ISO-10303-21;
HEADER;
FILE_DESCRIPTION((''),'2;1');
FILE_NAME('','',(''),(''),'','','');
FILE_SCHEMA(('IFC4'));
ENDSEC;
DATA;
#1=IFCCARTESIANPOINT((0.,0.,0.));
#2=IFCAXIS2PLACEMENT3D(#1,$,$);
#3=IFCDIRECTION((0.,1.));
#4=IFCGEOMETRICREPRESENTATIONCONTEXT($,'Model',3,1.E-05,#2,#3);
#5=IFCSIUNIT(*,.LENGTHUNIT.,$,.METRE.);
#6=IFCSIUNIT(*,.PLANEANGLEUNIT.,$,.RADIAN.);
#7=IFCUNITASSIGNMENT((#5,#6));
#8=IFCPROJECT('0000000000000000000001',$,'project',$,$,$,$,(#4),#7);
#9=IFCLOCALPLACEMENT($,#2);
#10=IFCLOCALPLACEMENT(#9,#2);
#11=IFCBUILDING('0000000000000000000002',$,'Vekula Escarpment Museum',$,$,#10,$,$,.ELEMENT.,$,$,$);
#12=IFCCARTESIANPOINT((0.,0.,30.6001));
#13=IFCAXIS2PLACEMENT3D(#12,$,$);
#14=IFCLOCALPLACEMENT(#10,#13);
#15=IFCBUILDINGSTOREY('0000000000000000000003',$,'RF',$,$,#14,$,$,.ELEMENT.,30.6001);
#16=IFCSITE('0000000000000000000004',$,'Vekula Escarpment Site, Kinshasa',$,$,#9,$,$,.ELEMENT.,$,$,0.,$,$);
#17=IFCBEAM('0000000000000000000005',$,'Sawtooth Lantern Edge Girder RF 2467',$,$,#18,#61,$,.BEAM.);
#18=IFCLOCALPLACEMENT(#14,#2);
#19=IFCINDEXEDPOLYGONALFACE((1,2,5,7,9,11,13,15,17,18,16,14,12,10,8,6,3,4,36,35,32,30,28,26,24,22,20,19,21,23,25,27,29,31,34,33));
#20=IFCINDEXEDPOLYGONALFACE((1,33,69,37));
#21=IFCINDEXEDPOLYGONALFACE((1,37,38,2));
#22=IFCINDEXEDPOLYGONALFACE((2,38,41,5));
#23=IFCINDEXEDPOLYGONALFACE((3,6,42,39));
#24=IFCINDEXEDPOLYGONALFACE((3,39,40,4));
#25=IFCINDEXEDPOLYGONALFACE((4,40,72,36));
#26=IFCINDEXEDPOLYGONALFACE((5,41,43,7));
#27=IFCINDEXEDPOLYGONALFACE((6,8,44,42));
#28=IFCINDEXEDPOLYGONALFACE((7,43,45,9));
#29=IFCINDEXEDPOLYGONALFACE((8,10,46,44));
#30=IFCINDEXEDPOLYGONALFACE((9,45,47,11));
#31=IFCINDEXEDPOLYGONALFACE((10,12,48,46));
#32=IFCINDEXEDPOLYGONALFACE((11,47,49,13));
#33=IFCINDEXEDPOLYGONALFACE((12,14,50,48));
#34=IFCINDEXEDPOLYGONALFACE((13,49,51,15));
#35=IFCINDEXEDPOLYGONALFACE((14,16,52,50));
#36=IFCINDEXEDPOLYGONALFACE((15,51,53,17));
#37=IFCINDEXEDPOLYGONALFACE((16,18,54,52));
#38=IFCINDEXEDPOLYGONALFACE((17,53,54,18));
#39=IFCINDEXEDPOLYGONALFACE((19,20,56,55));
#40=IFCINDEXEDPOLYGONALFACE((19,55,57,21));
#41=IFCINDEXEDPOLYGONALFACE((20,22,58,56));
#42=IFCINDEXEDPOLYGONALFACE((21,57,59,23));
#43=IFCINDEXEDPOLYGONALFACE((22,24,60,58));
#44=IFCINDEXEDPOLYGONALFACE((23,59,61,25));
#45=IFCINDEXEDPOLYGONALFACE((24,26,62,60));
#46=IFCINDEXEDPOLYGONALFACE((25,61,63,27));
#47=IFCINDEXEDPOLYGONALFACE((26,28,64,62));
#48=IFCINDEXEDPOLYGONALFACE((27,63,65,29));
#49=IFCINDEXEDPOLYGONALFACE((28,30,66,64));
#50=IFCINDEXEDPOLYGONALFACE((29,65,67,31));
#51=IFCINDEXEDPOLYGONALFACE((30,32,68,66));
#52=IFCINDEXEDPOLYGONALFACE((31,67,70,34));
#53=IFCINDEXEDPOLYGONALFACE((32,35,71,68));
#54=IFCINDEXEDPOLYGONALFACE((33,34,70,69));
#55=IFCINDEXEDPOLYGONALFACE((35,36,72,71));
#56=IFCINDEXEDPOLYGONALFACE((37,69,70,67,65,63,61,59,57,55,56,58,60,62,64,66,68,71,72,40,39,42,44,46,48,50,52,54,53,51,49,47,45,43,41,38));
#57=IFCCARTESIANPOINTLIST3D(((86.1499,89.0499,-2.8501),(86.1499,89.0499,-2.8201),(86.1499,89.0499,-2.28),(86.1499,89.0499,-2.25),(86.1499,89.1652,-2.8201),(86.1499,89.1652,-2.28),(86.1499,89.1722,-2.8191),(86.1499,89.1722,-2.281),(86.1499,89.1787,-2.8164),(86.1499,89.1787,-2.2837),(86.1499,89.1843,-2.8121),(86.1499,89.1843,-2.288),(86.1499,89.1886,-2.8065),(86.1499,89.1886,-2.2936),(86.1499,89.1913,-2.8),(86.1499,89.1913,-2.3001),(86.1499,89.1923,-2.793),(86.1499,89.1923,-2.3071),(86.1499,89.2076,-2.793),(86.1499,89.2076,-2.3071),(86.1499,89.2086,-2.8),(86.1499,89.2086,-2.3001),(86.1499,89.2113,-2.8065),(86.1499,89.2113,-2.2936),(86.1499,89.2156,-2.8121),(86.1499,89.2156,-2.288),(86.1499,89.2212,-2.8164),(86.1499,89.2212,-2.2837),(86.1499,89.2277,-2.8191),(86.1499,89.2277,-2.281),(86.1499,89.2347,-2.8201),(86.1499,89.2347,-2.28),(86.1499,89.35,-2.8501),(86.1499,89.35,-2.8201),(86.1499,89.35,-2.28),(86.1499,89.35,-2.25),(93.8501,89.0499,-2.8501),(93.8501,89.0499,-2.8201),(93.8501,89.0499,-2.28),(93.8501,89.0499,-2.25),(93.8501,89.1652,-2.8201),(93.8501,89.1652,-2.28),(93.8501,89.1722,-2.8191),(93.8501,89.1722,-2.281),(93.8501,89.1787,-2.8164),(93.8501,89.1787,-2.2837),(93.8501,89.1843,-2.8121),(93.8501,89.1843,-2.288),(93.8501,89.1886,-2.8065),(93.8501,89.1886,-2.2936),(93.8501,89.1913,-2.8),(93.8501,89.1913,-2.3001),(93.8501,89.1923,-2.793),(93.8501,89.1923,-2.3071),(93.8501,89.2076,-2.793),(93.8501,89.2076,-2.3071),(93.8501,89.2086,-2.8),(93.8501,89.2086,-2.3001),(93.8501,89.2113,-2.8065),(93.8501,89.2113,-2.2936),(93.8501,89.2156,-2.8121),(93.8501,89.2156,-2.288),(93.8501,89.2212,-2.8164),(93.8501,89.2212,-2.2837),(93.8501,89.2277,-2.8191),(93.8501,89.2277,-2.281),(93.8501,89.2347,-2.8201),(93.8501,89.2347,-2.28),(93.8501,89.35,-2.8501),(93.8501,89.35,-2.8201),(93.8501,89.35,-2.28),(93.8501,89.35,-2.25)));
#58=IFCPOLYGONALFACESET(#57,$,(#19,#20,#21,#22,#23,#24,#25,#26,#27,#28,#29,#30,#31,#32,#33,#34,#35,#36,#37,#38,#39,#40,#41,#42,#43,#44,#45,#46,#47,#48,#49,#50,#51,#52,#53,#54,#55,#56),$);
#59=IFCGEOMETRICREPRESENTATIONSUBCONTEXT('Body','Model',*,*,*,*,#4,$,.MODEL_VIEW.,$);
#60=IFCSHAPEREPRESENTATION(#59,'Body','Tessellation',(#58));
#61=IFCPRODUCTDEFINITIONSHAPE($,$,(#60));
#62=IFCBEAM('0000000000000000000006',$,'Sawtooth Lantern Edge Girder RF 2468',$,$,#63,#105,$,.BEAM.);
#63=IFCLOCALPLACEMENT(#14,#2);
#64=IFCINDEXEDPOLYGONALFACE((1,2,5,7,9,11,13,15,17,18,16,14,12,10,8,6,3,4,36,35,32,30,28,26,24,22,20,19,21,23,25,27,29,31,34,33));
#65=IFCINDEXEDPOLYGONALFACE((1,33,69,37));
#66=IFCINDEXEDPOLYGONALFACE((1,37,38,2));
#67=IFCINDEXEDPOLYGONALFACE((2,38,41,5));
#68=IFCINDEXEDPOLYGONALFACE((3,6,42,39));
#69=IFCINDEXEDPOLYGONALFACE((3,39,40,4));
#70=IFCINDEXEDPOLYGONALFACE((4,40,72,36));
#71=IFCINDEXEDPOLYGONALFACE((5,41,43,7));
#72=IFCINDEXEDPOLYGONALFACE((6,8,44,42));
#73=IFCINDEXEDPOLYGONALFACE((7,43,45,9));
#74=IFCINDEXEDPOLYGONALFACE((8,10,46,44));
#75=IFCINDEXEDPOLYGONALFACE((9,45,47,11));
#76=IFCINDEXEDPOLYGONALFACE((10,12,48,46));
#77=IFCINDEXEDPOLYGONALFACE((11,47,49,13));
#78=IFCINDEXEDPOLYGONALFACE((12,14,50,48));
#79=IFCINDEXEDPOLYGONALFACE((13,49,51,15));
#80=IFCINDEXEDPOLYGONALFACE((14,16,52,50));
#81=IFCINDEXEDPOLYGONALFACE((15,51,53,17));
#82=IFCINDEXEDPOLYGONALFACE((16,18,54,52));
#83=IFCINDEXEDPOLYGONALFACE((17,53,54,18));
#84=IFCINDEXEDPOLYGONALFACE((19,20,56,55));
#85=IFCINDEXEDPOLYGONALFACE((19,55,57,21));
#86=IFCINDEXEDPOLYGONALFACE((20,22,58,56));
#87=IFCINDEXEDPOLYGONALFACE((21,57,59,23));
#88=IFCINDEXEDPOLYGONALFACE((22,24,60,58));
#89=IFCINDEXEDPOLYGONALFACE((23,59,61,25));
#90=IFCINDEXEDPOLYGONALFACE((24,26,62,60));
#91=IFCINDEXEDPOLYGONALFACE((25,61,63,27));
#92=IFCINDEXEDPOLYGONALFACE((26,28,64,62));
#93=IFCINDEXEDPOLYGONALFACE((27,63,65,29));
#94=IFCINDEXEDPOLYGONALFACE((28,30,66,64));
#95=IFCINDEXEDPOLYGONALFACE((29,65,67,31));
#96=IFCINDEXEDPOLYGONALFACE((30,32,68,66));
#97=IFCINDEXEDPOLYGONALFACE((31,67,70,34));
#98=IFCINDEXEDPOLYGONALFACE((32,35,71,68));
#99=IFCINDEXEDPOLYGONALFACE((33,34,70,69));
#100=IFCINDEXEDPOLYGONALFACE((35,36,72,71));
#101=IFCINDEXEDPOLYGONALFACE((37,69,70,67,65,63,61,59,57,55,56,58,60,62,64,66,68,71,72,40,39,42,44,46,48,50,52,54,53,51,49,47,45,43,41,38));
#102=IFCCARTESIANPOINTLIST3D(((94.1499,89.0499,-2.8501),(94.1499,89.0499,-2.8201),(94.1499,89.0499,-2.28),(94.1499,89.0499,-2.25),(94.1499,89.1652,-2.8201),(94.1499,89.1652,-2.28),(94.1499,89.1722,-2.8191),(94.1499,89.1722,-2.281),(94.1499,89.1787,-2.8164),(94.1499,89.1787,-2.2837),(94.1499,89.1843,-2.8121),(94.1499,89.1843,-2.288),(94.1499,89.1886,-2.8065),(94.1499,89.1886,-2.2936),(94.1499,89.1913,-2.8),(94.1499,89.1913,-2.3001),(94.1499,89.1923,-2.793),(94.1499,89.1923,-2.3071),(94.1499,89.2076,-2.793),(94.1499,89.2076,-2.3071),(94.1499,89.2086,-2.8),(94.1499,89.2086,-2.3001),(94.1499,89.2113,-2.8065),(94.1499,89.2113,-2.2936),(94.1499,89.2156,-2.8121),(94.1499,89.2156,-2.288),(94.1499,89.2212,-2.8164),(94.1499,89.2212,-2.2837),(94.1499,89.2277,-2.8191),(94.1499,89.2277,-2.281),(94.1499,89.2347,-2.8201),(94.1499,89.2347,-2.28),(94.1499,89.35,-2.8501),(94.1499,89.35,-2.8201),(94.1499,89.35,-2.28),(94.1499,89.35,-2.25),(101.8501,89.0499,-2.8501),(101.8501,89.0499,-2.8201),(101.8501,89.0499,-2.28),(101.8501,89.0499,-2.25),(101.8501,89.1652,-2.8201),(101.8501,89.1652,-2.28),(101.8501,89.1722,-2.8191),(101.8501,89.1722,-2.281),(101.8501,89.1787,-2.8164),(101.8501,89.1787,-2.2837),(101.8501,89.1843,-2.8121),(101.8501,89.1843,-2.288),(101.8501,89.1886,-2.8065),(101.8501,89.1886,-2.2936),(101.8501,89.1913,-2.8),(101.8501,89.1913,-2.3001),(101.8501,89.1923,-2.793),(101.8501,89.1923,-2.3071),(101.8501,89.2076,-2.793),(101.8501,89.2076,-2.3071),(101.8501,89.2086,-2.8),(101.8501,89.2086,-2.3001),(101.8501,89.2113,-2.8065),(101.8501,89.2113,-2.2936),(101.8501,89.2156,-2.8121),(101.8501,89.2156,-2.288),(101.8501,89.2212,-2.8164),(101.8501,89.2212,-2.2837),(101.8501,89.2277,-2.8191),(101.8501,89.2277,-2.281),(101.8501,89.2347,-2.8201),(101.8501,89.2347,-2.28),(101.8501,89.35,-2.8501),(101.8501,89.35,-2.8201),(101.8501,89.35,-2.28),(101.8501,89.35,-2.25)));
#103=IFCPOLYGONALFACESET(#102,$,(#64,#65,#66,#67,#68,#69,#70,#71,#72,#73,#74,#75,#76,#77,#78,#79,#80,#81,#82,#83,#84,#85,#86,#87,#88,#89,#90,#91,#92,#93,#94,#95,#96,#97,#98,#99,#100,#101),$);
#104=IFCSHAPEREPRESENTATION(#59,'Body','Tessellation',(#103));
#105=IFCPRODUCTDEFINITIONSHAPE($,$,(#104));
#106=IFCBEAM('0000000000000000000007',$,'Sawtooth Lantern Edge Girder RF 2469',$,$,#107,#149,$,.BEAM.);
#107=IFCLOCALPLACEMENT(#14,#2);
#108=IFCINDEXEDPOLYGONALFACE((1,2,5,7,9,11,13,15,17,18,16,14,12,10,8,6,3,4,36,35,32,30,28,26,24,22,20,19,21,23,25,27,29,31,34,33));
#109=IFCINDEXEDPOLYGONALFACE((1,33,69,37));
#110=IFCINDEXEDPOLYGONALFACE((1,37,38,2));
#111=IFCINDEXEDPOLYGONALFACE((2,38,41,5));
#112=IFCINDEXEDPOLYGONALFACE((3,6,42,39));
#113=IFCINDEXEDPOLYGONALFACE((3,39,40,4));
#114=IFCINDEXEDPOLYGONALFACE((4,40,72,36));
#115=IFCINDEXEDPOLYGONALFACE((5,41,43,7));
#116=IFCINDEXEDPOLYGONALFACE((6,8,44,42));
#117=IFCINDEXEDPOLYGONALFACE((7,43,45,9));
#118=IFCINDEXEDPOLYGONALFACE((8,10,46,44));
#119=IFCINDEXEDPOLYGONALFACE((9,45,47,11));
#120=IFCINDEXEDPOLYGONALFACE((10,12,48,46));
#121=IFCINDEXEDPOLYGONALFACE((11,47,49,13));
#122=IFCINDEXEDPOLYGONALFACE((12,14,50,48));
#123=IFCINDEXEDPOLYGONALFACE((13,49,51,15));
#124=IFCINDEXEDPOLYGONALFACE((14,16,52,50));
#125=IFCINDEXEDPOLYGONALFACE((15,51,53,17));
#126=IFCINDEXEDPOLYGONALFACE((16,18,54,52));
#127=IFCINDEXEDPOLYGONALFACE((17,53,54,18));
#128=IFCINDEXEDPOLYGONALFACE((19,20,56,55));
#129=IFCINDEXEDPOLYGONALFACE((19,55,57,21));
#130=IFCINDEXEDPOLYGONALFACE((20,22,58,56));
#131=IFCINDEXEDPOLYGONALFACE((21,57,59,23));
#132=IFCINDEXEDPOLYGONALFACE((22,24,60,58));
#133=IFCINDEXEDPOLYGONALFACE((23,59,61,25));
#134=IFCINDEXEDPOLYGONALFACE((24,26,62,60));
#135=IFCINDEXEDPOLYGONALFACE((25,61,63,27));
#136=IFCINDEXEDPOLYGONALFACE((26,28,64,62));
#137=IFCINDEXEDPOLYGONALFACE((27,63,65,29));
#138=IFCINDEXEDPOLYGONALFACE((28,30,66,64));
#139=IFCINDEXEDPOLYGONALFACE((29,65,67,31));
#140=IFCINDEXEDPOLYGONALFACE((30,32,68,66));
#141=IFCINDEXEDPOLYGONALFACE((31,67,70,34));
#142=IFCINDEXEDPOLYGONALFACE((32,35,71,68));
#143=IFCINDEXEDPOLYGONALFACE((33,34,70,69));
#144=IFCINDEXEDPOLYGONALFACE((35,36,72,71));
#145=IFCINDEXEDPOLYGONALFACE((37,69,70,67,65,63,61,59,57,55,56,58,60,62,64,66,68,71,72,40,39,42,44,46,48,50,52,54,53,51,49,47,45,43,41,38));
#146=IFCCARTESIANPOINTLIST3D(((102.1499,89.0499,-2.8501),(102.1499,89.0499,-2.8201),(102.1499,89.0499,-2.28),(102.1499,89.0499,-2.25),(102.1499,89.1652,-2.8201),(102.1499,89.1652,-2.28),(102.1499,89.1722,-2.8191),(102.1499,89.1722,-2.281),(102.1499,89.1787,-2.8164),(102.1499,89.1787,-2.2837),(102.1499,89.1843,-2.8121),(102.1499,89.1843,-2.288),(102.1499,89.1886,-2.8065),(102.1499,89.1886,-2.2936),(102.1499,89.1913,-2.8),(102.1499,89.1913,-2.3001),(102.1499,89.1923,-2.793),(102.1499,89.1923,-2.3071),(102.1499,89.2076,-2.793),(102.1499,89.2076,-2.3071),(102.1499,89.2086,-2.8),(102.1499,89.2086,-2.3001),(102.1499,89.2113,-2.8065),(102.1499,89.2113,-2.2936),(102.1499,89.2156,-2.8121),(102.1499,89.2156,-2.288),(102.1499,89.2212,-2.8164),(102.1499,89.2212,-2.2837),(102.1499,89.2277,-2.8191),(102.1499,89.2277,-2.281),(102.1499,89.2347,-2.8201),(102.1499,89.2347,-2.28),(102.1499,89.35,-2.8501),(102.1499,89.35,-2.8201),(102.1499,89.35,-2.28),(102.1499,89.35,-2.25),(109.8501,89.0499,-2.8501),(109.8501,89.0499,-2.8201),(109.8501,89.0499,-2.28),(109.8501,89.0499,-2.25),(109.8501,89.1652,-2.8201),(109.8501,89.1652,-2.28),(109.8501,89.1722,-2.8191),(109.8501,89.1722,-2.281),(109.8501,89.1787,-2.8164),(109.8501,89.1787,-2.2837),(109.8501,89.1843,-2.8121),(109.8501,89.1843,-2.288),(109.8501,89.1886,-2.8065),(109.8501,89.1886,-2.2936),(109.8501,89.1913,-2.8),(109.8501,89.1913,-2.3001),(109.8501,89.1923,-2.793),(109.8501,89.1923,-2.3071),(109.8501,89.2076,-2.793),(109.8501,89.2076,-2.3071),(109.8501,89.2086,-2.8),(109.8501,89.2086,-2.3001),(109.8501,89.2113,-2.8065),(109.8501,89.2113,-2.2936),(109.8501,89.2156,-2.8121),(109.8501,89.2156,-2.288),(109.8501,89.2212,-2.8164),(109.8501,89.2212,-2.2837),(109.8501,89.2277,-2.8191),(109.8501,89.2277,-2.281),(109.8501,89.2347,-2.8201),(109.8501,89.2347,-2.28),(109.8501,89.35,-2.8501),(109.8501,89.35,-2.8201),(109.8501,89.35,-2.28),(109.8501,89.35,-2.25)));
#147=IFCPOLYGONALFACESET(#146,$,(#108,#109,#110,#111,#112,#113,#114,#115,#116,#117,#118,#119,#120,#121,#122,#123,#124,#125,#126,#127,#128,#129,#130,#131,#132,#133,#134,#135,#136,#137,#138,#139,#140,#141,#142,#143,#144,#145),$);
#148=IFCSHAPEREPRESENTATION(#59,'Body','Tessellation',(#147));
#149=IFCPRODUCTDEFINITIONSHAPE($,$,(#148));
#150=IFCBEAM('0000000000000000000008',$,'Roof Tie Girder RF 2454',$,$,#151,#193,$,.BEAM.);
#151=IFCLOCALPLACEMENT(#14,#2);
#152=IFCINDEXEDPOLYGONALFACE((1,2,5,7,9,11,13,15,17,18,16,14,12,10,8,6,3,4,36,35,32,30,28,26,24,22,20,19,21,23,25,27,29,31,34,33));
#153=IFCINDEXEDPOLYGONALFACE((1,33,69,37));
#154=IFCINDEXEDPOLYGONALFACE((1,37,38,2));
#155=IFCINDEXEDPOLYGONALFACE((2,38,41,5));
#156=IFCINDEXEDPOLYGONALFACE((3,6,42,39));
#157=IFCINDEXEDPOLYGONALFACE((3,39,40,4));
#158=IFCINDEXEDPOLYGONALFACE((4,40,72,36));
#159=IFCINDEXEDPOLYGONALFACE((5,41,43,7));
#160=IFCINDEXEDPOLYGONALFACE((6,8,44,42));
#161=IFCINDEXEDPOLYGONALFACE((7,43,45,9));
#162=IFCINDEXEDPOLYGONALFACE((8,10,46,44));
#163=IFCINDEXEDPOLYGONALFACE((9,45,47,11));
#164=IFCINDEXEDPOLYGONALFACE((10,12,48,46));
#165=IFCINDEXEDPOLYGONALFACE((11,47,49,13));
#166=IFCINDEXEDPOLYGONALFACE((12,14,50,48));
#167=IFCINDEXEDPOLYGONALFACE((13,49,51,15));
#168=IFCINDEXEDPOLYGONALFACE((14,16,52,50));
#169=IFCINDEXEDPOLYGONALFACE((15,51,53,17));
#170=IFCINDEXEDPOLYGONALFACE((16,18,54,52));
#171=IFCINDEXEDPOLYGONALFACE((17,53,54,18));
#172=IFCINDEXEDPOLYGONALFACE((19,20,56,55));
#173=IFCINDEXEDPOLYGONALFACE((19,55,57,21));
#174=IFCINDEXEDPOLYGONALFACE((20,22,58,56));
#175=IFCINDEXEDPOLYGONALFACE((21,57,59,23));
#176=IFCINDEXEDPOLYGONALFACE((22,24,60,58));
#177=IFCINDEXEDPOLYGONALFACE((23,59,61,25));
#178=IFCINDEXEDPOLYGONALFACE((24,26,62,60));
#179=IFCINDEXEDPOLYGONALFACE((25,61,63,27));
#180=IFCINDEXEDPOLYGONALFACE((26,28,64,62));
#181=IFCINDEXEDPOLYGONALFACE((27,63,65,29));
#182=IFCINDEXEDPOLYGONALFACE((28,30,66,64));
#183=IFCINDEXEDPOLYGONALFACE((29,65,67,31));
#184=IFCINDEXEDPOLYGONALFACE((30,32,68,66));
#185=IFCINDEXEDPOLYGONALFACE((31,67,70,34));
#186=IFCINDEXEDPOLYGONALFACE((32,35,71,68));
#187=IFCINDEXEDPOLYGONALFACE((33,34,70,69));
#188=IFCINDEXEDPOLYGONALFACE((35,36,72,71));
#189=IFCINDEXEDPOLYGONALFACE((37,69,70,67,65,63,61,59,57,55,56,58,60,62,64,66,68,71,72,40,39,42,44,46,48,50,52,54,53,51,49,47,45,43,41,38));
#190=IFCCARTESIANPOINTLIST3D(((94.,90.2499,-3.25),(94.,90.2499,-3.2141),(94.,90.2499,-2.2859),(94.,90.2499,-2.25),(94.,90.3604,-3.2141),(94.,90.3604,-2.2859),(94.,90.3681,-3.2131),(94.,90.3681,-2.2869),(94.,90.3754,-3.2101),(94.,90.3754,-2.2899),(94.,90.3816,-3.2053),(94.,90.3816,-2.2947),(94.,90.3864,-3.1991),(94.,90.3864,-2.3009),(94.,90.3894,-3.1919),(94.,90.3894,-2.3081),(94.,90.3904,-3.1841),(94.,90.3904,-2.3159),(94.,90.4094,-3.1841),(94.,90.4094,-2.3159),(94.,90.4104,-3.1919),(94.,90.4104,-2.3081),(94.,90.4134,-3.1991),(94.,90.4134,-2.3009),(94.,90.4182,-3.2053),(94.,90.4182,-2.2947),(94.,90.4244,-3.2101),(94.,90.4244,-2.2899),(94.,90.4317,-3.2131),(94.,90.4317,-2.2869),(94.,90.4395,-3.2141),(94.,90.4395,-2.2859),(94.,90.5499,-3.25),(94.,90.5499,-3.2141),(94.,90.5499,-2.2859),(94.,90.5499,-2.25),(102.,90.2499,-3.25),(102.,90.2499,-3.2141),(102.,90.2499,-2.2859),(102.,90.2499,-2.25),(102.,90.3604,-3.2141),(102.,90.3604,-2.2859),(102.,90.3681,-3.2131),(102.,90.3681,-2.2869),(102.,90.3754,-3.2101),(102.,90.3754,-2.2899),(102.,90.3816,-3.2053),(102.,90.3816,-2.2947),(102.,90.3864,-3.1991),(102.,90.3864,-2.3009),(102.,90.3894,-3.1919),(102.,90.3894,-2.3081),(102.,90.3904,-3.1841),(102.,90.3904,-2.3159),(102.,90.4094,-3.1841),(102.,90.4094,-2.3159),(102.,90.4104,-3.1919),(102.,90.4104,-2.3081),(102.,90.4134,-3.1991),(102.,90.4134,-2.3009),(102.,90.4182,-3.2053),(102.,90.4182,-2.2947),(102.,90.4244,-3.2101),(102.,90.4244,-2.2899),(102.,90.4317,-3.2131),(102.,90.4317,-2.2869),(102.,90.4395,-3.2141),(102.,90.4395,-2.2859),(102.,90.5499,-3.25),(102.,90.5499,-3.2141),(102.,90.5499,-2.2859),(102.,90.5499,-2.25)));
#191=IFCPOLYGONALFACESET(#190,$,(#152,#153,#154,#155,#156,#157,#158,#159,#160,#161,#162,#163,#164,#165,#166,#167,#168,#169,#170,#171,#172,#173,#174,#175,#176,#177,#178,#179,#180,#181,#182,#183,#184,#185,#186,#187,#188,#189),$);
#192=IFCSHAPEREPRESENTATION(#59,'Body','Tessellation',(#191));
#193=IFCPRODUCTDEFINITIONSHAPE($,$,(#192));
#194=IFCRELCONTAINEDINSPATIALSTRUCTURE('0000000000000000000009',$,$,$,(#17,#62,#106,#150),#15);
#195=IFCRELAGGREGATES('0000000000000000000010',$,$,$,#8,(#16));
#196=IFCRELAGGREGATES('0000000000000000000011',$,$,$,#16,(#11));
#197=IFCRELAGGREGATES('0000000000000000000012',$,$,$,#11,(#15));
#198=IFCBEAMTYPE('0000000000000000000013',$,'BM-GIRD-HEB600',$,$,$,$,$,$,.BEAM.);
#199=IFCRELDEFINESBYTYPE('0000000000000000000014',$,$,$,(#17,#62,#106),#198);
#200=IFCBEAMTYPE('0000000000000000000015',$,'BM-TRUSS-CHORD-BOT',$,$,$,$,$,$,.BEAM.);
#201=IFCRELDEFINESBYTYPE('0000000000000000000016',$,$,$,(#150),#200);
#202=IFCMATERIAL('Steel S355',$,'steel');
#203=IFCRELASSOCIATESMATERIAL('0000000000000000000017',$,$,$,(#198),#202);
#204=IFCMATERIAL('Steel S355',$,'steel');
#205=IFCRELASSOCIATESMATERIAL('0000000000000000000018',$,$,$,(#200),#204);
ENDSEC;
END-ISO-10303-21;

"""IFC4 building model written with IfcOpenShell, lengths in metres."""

from ifc_helpers import new_model, si_unit, direction, frame, origin, origin_2d, place, context, subcontext, project, spatial, i_section, extrude, material, material_profile, profile_set, type_object, element, save


model = new_model("IFC4")

# Units and contexts
model_context = context("Model", 3, precision=1e-05, world=origin(), true_north=direction((0.0, 1.0)))
body_context = subcontext(model_context, "Body", "Model", "MODEL_VIEW")
ifc_project = project(units=[si_unit("LENGTHUNIT", "METRE"), si_unit("PLANEANGLEUNIT", "RADIAN")], contexts=[model_context])

# Site, building, storey
site_placement = place(None, origin())
site = spatial("IfcSite", under=ifc_project, at=site_placement, Name="Vekula Escarpment Site, Kinshasa", CompositionType="ELEMENT", RefElevation=0.0)
building_placement = place(site_placement, origin())
building = spatial("IfcBuilding", under=site, at=building_placement, Name="Vekula Escarpment Museum", CompositionType="ELEMENT")
storey_placement = place(building_placement, frame((0.0, 0.0, 30.6001)))
storey = spatial("IfcBuildingStorey", under=building, at=storey_placement, Name="RF", CompositionType="ELEMENT", Elevation=30.6001)

# Beams
ifc_material_1 = material(Name="Steel S355", Category="steel")
ifc_material_profile_1 = material_profile(ifc_material_1, i_section(OverallWidth=0.3, OverallDepth=0.6001, WebThickness=0.0154, FlangeThickness=0.03, FilletRadius=0.0271, at=origin_2d()), Name="HEB 600")
ifc_profile_set_1 = profile_set([ifc_material_profile_1], Name="Steel S355")
beam_type_1 = type_object("IfcBeamType", Name="BM-GIRD-HEB600", PredefinedType="BEAM", material=ifc_profile_set_1)
for number, where, z_axis, x_axis, name in (
    (1, (86.1499, 89.2, -2.55), (1.0, 0.0, 0.0), (0.0, 1.0, 0.0), "Sawtooth Lantern Edge Girder RF 2467"),
    (2, (94.1499, 89.2, -2.55), (1.0, 0.0, 0.0), (0.0, 1.0, 0.0), "Sawtooth Lantern Edge Girder RF 2468"),
    (3, (102.1499, 89.2, -2.55), (1.0, 0.0, 0.0), (0.0, 1.0, 0.0), "Sawtooth Lantern Edge Girder RF 2469"),
):
    element("IfcBeam", number, at=place(storey_placement, frame(where, z_axis=z_axis, x_axis=x_axis)), inside=storey, type_object=beam_type_1, Name=name, PredefinedType="BEAM", context=body_context, shape_type="SweptSolid", body=[
        extrude(i_section(OverallWidth=0.3, OverallDepth=0.6001, WebThickness=0.0154, FlangeThickness=0.03, FilletRadius=0.0271, at=origin_2d()), origin(), (0.0, 0.0, 1.0), 7.7002),
    ])
ifc_material_2 = material(Name="Steel S355", Category="steel")
ifc_material_profile_2 = material_profile(ifc_material_2, i_section(OverallWidth=0.3, OverallDepth=1.0, WebThickness=0.019, FlangeThickness=0.0359, FilletRadius=0.03, at=origin_2d()), Name="HEB 1000")
ifc_profile_set_2 = profile_set([ifc_material_profile_2], Name="Steel S355")
beam_type_2 = type_object("IfcBeamType", Name="BM-TRUSS-CHORD-BOT", PredefinedType="BEAM", material=ifc_profile_set_2)
for number, where, z_axis, x_axis, name in (
    (4, (94.0, 90.3999, -2.75), (1.0, 0.0, 0.0), (0.0, 1.0, 0.0), "Roof Tie Girder RF 2454"),
):
    element("IfcBeam", number, at=place(storey_placement, frame(where, z_axis=z_axis, x_axis=x_axis)), inside=storey, type_object=beam_type_2, Name=name, PredefinedType="BEAM", context=body_context, shape_type="SweptSolid", body=[
        extrude(i_section(OverallWidth=0.3, OverallDepth=1.0, WebThickness=0.019, FlangeThickness=0.0359, FilletRadius=0.03, at=origin_2d()), origin(), (0.0, 0.0, 1.0), 8.0),
    ])

save(model, "model.ifc")
